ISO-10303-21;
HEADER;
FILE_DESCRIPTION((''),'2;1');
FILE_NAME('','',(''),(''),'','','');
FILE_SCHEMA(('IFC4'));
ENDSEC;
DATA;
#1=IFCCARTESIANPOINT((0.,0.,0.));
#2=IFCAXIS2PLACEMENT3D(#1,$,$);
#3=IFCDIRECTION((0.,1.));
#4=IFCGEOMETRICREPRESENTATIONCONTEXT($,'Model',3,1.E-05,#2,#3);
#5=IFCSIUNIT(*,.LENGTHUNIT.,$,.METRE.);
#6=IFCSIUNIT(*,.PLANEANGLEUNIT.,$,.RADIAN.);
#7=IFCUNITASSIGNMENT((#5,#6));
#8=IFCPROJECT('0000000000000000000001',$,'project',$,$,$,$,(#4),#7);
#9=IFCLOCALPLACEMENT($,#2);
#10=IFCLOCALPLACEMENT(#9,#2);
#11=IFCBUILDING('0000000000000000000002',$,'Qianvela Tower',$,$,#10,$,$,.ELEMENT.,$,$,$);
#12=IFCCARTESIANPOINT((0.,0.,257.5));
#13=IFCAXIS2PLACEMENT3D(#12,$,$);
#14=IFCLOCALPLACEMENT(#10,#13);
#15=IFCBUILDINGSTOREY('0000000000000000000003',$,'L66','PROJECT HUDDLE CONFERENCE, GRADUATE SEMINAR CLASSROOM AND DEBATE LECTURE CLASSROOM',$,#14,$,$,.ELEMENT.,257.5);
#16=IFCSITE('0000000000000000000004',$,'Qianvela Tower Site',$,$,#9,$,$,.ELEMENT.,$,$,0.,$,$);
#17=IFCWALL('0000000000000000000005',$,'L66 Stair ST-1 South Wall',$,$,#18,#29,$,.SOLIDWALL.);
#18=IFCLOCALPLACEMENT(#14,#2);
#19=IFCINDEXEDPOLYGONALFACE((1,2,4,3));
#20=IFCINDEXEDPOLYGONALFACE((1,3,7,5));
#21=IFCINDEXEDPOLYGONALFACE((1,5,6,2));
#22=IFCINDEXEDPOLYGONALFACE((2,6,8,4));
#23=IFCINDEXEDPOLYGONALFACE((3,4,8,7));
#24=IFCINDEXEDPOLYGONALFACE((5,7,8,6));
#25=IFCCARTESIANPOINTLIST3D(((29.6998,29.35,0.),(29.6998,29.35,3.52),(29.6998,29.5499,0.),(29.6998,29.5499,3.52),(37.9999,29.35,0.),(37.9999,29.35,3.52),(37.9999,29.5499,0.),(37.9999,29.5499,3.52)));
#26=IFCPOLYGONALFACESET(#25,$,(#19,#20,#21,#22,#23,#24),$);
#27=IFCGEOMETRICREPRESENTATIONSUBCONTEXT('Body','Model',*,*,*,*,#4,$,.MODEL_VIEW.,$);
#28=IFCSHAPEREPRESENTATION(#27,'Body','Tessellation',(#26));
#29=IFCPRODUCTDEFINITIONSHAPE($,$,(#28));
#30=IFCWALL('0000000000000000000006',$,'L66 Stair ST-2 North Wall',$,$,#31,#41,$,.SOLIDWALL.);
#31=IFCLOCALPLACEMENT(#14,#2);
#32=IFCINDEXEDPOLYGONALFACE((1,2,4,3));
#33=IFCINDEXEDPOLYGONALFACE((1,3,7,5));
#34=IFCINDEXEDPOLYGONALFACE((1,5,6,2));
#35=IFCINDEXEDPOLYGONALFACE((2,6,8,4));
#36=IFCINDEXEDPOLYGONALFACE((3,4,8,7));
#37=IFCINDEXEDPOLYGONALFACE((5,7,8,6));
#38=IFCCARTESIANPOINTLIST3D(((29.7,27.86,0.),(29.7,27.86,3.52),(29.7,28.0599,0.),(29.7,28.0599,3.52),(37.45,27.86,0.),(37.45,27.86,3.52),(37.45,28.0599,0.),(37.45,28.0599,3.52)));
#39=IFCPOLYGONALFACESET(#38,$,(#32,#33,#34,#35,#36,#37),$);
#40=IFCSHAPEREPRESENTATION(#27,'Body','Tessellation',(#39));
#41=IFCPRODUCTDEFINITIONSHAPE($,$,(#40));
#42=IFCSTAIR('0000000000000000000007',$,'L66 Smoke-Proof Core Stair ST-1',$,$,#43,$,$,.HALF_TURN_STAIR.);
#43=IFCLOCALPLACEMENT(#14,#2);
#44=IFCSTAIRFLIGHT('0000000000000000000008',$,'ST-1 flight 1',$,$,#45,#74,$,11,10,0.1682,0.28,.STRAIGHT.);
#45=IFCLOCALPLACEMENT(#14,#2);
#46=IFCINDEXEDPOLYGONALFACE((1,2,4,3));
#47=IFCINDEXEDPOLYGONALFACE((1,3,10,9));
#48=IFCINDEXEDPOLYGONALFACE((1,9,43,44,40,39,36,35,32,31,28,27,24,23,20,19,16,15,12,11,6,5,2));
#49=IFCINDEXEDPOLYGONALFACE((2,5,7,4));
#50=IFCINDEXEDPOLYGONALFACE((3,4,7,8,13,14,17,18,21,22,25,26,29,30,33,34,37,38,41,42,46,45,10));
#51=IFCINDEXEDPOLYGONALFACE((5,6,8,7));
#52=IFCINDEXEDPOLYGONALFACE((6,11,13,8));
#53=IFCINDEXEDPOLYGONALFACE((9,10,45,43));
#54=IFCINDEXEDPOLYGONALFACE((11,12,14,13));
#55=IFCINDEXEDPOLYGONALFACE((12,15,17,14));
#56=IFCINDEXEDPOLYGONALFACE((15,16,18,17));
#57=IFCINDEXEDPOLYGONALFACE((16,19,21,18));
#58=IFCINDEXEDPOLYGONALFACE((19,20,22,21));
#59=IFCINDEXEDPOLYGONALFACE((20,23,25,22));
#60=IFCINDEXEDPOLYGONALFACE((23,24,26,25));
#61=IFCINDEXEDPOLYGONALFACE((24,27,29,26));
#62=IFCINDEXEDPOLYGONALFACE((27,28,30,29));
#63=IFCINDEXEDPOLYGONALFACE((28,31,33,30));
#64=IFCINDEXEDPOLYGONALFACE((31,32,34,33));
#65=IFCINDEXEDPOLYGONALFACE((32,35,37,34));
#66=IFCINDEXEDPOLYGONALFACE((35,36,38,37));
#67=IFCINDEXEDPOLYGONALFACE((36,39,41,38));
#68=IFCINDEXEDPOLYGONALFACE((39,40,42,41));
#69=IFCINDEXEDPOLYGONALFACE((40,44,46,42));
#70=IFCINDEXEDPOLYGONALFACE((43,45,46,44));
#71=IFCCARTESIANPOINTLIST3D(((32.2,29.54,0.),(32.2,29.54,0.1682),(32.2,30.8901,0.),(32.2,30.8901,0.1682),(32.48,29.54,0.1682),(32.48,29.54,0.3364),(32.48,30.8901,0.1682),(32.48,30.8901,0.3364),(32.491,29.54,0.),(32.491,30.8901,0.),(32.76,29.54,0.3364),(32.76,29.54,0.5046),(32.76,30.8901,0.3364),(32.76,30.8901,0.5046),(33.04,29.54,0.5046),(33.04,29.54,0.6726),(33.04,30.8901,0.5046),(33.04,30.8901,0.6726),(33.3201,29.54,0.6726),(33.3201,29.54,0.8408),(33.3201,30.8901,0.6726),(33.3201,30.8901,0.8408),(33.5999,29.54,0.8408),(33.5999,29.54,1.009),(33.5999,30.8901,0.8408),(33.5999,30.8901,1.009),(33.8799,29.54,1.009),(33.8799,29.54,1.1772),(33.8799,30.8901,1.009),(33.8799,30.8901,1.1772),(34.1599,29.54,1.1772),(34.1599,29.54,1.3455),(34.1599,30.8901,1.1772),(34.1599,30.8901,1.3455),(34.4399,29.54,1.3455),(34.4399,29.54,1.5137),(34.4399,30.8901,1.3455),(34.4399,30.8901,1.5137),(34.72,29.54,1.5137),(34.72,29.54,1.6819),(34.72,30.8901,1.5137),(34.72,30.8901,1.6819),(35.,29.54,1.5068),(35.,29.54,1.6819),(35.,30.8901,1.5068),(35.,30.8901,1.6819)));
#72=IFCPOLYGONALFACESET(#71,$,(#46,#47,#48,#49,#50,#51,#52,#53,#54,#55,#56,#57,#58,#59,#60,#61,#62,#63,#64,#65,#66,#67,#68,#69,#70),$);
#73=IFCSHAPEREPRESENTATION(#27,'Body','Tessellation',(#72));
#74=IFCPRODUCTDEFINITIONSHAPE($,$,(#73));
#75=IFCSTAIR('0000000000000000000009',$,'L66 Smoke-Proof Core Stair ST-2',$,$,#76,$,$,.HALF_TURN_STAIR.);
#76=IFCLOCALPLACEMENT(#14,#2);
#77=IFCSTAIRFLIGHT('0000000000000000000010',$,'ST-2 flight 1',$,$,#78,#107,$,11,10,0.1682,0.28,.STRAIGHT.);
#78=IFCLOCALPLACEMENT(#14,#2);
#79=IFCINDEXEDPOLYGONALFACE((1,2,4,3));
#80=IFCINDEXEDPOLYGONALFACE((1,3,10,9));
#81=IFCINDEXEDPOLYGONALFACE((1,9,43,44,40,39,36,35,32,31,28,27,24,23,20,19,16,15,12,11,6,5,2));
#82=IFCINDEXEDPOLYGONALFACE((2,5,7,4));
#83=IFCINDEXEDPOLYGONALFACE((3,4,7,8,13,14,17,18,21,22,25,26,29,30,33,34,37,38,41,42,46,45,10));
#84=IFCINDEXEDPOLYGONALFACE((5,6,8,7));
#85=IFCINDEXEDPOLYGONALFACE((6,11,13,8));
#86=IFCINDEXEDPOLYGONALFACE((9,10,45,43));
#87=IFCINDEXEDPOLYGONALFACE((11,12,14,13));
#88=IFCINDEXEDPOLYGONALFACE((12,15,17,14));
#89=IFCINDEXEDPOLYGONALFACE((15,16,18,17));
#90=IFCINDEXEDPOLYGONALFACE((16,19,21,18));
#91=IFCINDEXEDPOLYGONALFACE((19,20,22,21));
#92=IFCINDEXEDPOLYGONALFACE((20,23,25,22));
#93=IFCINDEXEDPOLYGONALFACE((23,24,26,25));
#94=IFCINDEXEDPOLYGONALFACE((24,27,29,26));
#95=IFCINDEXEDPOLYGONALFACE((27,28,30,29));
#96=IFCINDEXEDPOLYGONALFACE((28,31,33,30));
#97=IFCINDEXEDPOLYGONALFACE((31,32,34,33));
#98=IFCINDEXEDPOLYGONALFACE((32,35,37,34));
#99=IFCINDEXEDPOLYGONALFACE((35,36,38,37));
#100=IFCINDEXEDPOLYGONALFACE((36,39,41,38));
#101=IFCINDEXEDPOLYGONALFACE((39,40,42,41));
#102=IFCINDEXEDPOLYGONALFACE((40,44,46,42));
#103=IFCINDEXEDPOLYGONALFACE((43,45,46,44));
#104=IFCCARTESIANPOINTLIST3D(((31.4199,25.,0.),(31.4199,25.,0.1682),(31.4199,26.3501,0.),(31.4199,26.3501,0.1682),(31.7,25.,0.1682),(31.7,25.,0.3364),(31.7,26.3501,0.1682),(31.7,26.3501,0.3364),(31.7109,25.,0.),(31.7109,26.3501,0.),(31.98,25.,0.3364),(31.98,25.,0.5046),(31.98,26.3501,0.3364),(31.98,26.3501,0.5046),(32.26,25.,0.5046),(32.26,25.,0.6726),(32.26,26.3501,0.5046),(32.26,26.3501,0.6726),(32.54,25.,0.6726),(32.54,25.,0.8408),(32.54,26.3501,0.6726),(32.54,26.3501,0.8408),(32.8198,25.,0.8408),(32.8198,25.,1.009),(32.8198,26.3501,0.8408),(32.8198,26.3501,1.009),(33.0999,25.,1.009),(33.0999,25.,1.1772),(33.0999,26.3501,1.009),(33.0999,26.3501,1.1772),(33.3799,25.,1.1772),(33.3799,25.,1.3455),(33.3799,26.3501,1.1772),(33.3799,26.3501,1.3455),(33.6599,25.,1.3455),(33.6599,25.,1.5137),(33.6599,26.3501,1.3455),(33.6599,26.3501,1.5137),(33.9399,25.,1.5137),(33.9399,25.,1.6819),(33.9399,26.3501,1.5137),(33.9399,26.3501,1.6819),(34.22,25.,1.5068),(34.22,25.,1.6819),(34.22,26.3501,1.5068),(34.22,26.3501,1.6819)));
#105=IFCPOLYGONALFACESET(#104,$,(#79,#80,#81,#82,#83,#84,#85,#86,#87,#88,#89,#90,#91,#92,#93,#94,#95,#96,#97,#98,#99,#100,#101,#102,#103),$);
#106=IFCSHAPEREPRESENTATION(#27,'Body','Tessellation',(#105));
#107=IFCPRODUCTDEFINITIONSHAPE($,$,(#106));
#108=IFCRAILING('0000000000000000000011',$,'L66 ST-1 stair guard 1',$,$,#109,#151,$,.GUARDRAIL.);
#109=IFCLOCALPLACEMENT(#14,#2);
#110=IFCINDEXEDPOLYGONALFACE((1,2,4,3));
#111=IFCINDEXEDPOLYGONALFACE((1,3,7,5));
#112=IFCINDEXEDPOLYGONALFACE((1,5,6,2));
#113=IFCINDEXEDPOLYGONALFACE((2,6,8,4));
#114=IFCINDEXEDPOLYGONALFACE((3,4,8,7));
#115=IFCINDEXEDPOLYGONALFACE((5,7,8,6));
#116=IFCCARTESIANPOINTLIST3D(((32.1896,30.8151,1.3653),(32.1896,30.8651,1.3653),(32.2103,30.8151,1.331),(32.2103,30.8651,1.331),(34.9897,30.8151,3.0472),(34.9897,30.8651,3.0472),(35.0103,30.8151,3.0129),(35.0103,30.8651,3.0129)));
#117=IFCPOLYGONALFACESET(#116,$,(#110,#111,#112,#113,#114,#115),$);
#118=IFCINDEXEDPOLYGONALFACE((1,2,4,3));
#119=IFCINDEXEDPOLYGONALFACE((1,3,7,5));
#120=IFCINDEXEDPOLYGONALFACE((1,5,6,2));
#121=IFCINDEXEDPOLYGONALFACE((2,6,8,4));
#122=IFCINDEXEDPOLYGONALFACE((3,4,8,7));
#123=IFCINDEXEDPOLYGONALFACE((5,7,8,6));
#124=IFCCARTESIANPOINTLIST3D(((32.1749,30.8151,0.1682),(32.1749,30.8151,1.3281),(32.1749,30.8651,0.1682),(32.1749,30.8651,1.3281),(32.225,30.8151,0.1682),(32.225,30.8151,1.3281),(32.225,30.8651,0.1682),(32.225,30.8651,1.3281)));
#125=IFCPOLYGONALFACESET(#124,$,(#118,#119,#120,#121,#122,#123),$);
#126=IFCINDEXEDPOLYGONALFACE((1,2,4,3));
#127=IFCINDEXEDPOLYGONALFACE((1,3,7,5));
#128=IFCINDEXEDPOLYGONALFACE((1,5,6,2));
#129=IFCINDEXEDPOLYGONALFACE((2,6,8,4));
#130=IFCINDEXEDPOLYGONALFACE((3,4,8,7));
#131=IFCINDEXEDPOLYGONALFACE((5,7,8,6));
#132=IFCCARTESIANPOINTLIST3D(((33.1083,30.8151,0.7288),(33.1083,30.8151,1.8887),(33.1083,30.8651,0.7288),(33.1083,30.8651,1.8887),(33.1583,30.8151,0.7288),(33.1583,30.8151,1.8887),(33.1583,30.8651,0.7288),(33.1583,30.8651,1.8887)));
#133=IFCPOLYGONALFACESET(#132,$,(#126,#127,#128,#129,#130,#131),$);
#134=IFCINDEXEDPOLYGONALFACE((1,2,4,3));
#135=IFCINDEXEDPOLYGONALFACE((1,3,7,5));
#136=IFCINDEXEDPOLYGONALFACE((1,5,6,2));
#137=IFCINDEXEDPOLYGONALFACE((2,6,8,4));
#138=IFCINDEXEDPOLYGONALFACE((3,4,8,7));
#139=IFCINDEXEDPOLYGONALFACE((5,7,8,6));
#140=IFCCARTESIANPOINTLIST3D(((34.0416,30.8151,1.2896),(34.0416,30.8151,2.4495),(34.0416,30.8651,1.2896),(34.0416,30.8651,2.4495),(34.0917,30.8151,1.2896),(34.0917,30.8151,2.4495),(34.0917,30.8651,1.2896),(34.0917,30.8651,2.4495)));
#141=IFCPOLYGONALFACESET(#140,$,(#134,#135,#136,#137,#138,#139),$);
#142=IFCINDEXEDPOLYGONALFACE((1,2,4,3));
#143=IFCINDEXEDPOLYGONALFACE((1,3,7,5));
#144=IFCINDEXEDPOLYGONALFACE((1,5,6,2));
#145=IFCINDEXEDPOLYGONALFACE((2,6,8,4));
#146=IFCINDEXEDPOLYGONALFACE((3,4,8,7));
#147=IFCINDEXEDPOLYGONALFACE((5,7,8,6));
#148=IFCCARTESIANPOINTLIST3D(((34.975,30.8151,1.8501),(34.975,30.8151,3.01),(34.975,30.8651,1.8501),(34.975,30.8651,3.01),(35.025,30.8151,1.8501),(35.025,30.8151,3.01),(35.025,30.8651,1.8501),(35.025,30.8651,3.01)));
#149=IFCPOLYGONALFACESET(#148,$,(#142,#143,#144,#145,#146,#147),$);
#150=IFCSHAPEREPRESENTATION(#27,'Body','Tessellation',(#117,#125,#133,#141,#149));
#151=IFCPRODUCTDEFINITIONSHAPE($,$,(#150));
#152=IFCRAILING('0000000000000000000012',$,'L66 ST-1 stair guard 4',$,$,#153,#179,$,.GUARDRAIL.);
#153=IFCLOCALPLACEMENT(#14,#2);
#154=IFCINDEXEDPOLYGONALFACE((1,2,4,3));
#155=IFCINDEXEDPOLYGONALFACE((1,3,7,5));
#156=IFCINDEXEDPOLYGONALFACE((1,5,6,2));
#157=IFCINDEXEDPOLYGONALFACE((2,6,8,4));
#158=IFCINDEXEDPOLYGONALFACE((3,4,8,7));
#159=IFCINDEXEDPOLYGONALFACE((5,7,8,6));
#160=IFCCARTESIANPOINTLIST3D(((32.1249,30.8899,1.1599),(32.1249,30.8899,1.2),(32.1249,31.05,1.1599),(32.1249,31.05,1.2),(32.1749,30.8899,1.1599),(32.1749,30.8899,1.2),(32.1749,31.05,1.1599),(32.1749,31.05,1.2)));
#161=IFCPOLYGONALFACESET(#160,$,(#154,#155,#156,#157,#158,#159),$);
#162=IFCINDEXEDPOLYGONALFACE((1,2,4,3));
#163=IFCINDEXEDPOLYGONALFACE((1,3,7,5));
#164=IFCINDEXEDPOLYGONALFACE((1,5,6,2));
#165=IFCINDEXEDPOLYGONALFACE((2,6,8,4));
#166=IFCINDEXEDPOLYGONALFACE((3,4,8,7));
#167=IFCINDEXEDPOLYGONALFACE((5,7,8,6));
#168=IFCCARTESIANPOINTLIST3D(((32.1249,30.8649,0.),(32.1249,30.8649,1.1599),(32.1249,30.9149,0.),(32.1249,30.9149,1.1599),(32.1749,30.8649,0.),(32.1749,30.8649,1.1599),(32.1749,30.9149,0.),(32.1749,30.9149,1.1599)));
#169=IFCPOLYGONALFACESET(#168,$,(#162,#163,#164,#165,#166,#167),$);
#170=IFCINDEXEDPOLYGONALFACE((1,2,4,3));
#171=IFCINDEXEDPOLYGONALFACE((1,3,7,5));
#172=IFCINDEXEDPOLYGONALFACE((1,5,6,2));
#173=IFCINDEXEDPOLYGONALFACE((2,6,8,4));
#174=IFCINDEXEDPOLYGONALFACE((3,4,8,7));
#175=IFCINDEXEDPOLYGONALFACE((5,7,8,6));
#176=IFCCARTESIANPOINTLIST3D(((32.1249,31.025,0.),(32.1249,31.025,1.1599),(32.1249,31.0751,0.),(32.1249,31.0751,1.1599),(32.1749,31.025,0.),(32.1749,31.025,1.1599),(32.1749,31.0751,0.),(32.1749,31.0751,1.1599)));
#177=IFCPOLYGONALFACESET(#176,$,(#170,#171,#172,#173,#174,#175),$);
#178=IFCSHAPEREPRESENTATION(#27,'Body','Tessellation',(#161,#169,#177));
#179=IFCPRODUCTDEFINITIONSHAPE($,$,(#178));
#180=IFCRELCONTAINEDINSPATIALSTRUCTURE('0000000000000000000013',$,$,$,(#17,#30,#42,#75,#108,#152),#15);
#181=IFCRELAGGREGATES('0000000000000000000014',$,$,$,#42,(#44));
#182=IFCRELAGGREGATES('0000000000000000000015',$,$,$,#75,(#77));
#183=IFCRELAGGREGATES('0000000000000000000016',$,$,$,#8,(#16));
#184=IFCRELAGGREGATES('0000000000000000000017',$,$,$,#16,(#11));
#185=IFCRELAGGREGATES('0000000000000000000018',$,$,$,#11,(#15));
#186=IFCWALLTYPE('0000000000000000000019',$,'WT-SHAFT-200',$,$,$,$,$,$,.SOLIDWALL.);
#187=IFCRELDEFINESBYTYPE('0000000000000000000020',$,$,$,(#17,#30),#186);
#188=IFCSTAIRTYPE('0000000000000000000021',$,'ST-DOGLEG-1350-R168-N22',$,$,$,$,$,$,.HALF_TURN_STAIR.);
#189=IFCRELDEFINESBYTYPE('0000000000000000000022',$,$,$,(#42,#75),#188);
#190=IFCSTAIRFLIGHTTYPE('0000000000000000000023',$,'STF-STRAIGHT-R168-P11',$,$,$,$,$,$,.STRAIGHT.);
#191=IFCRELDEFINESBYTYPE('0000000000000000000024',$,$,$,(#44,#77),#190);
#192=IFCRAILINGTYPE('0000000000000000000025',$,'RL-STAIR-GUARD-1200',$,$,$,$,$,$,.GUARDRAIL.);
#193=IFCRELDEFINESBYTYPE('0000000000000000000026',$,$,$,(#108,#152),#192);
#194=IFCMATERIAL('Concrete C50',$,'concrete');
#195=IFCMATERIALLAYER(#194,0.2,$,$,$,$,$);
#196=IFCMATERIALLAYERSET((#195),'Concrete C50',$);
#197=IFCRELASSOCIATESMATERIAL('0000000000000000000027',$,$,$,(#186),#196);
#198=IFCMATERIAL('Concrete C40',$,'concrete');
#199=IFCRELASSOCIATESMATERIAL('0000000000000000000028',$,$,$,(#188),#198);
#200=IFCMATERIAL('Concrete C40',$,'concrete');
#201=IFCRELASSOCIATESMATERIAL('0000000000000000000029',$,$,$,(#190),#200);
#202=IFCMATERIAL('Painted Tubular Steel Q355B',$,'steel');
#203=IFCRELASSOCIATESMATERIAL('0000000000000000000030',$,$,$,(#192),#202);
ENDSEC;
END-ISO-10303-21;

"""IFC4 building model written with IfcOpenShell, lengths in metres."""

from ifc_helpers import new_model, si_unit, direction, frame, frame_2d, origin, origin_2d, place, context, subcontext, project, spatial, polyline, rectangle, outline, extrude, material, layer, layer_set, type_object, element, aggregate, save


model = new_model("IFC4")

# Units and contexts
model_context = context("Model", 3, precision=1e-05, world=origin(), true_north=direction((0.0, 1.0)))
body_context = subcontext(model_context, "Body", "Model", "MODEL_VIEW")
ifc_project = project(units=[si_unit("LENGTHUNIT", "METRE"), si_unit("PLANEANGLEUNIT", "RADIAN")], contexts=[model_context])

# Site, building, storey
site_placement = place(None, origin())
site = spatial("IfcSite", under=ifc_project, at=site_placement, Name="Qianvela Tower Site", CompositionType="ELEMENT", RefElevation=0.0)
building_placement = place(site_placement, origin())
building = spatial("IfcBuilding", under=site, at=building_placement, Name="Qianvela Tower", CompositionType="ELEMENT")
storey_placement = place(building_placement, frame((0.0, 0.0, 257.5)))
storey = spatial("IfcBuildingStorey", under=building, at=storey_placement, Name="L66", Description="PROJECT HUDDLE CONFERENCE, GRADUATE SEMINAR CLASSROOM AND DEBATE LECTURE CLASSROOM", CompositionType="ELEMENT", Elevation=257.5)

# Walls
ifc_material_1 = material(Name="Concrete C50", Category="concrete")
ifc_layer_1 = layer(ifc_material_1, 0.2)
ifc_layer_set_1 = layer_set([ifc_layer_1], Name="Concrete C50")
wall_type_1 = type_object("IfcWallType", Name="WT-SHAFT-200", PredefinedType="SOLIDWALL", material=ifc_layer_set_1)
wall_1_placement = place(storey_placement, frame((29.7, 29.45, 0.0), z_axis=(0.0, 0.0, 1.0), x_axis=(1.0, 0.0, 0.0)))
element("IfcWall", 1, at=wall_1_placement, inside=storey, type_object=wall_type_1, Name="L66 Stair ST-1 South Wall", PredefinedType="SOLIDWALL", context=body_context, shape_type="SweptSolid", body=[
    extrude(rectangle(XDim=8.3, YDim=0.2, at=frame_2d((4.1499, 0.0))), origin(), (0.0, 0.0, 1.0), 3.52),
])
wall_2_placement = place(storey_placement, frame((29.7, 27.96, 0.0), z_axis=(0.0, 0.0, 1.0), x_axis=(1.0, 0.0, 0.0)))
element("IfcWall", 2, at=wall_2_placement, inside=storey, type_object=wall_type_1, Name="L66 Stair ST-2 North Wall", PredefinedType="SOLIDWALL", context=body_context, shape_type="SweptSolid", body=[
    extrude(rectangle(XDim=7.75, YDim=0.2, at=frame_2d((3.875, 0.0))), origin(), (0.0, 0.0, 1.0), 3.52),
])

# Stairs, stair flights
ifc_material_2 = material(Name="Concrete C40", Category="concrete")
stair_type = type_object("IfcStairType", Name="ST-DOGLEG-1350-R168-N22", PredefinedType="HALF_TURN_STAIR", material=ifc_material_2)
stair_1_placement = place(storey_placement, origin())
stair_1 = element("IfcStair", 3, at=stair_1_placement, inside=storey, type_object=stair_type, Name="L66 Smoke-Proof Core Stair ST-1", PredefinedType="HALF_TURN_STAIR")
ifc_material_3 = material(Name="Concrete C40", Category="concrete")
stair_flight_type = type_object("IfcStairFlightType", Name="STF-STRAIGHT-R168-P11", PredefinedType="STRAIGHT", material=ifc_material_3)
stair_flight_1_placement = place(storey_placement, frame((32.2, 30.2151, 0.0), z_axis=(0.0, 0.0, 1.0), x_axis=(1.0, 0.0, 0.0)))
stair_flight_1 = element("IfcStairFlight", 4, at=stair_flight_1_placement, type_object=stair_flight_type, Name="ST-1 flight 1", NumberOfRisers=11, NumberOfTreads=10, PredefinedType="STRAIGHT", RiserHeight=0.1682, TreadLength=0.28, context=body_context, shape_type="SweptSolid", body=[
    extrude(outline(polyline([(0.0, 0.0), (0.0, 0.1682), (0.28, 0.1682), (0.28, 0.3364), (0.5601, 0.3364), (0.5601, 0.5046), (0.8401, 0.5046), (0.8401, 0.6726), (1.1201, 0.6726), (1.1201, 0.8408), (1.3999, 0.8408), (1.3999, 1.009), (1.6799, 1.009), (1.6799, 1.1772), (1.96, 1.1772), (1.96, 1.3455), (2.24, 1.3455), (2.24, 1.5137), (2.52, 1.5137), (2.52, 1.6819), (2.8, 1.6819), (2.8, 1.8501), (2.8, 1.5068), (0.291, 0.0), (0.0, 0.0)])), frame((0.0, 0.675, 0.0), z_axis=(0.0, -1.0, 0.0), x_axis=(1.0, 0.0, 0.0)), (0.0, 0.0, 1.0), 1.3501),
])
aggregate(stair_1, [stair_flight_1])
stair_2_placement = place(storey_placement, origin())
stair_2 = element("IfcStair", 5, at=stair_2_placement, inside=storey, type_object=stair_type, Name="L66 Smoke-Proof Core Stair ST-2", PredefinedType="HALF_TURN_STAIR")
stair_flight_2_placement = place(storey_placement, frame((31.4199, 25.675, 0.0), z_axis=(0.0, 0.0, 1.0), x_axis=(1.0, 0.0, 0.0)))
stair_flight_2 = element("IfcStairFlight", 6, at=stair_flight_2_placement, type_object=stair_flight_type, Name="ST-2 flight 1", NumberOfRisers=11, NumberOfTreads=10, PredefinedType="STRAIGHT", RiserHeight=0.1682, TreadLength=0.28, context=body_context, shape_type="SweptSolid", body=[
    extrude(outline(polyline([(0.0, 0.0), (0.0, 0.1682), (0.28, 0.1682), (0.28, 0.3364), (0.5601, 0.3364), (0.5601, 0.5046), (0.8401, 0.5046), (0.8401, 0.6726), (1.1201, 0.6726), (1.1201, 0.8408), (1.3999, 0.8408), (1.3999, 1.009), (1.6799, 1.009), (1.6799, 1.1772), (1.96, 1.1772), (1.96, 1.3455), (2.24, 1.3455), (2.24, 1.5137), (2.52, 1.5137), (2.52, 1.6819), (2.8, 1.6819), (2.8, 1.8501), (2.8, 1.5068), (0.291, 0.0), (0.0, 0.0)])), frame((0.0, 0.675, 0.0), z_axis=(0.0, -1.0, 0.0), x_axis=(1.0, 0.0, 0.0)), (0.0, 0.0, 1.0), 1.3501),
])
aggregate(stair_2, [stair_flight_2])

# Railings
ifc_material_4 = material(Name="Painted Tubular Steel Q355B", Category="steel")
railing_type_1 = type_object("IfcRailingType", Name="RL-STAIR-GUARD-1200", PredefinedType="GUARDRAIL", material=ifc_material_4)
railing_1_placement = place(storey_placement, frame((32.2, 30.8401, 0.1682)))
element("IfcRailing", 7, at=railing_1_placement, inside=storey, type_object=railing_type_1, Name="L66 ST-1 stair guard 1", PredefinedType="GUARDRAIL", context=body_context, shape_type="SweptSolid", body=[
    extrude(rectangle(XDim=0.05, YDim=0.04, at=origin_2d()), frame((0.0, 0.0, 1.1799), z_axis=(0.857242, 0.0, 0.514913), x_axis=(0.0, 1.0, 0.0)), (0.0, 0.0, 1.0), 3.2664),
    extrude(rectangle(XDim=0.05, YDim=0.05, at=origin_2d()), origin(), (0.0, 0.0, 1.0), 1.1599),
    extrude(rectangle(XDim=0.05, YDim=0.05, at=origin_2d()), frame((0.9333, 0.0, 0.5605)), (0.0, 0.0, 1.0), 1.1599),
    extrude(rectangle(XDim=0.05, YDim=0.05, at=origin_2d()), frame((1.8667, 0.0, 1.1213)), (0.0, 0.0, 1.0), 1.1599),
    extrude(rectangle(XDim=0.05, YDim=0.05, at=origin_2d()), frame((2.8, 0.0, 1.6819)), (0.0, 0.0, 1.0), 1.1599),
])
railing_2_placement = place(storey_placement, frame((32.1499, 30.8899, 0.0)))
element("IfcRailing", 8, at=railing_2_placement, inside=storey, type_object=railing_type_1, Name="L66 ST-1 stair guard 4", PredefinedType="GUARDRAIL", context=body_context, shape_type="SweptSolid", body=[
    extrude(rectangle(XDim=0.05, YDim=0.04, at=origin_2d()), frame((0.0, 0.0, 1.1799), z_axis=(0.0, 1.0, 0.0), x_axis=(-1.0, 0.0, 0.0)), (0.0, 0.0, 1.0), 0.1602),
    extrude(rectangle(XDim=0.05, YDim=0.05, at=origin_2d()), origin(), (0.0, 0.0, 1.0), 1.1599),
    extrude(rectangle(XDim=0.05, YDim=0.05, at=origin_2d()), frame((0.0, 0.1602, 0.0)), (0.0, 0.0, 1.0), 1.1599),
])

save(model, "model.ifc")
